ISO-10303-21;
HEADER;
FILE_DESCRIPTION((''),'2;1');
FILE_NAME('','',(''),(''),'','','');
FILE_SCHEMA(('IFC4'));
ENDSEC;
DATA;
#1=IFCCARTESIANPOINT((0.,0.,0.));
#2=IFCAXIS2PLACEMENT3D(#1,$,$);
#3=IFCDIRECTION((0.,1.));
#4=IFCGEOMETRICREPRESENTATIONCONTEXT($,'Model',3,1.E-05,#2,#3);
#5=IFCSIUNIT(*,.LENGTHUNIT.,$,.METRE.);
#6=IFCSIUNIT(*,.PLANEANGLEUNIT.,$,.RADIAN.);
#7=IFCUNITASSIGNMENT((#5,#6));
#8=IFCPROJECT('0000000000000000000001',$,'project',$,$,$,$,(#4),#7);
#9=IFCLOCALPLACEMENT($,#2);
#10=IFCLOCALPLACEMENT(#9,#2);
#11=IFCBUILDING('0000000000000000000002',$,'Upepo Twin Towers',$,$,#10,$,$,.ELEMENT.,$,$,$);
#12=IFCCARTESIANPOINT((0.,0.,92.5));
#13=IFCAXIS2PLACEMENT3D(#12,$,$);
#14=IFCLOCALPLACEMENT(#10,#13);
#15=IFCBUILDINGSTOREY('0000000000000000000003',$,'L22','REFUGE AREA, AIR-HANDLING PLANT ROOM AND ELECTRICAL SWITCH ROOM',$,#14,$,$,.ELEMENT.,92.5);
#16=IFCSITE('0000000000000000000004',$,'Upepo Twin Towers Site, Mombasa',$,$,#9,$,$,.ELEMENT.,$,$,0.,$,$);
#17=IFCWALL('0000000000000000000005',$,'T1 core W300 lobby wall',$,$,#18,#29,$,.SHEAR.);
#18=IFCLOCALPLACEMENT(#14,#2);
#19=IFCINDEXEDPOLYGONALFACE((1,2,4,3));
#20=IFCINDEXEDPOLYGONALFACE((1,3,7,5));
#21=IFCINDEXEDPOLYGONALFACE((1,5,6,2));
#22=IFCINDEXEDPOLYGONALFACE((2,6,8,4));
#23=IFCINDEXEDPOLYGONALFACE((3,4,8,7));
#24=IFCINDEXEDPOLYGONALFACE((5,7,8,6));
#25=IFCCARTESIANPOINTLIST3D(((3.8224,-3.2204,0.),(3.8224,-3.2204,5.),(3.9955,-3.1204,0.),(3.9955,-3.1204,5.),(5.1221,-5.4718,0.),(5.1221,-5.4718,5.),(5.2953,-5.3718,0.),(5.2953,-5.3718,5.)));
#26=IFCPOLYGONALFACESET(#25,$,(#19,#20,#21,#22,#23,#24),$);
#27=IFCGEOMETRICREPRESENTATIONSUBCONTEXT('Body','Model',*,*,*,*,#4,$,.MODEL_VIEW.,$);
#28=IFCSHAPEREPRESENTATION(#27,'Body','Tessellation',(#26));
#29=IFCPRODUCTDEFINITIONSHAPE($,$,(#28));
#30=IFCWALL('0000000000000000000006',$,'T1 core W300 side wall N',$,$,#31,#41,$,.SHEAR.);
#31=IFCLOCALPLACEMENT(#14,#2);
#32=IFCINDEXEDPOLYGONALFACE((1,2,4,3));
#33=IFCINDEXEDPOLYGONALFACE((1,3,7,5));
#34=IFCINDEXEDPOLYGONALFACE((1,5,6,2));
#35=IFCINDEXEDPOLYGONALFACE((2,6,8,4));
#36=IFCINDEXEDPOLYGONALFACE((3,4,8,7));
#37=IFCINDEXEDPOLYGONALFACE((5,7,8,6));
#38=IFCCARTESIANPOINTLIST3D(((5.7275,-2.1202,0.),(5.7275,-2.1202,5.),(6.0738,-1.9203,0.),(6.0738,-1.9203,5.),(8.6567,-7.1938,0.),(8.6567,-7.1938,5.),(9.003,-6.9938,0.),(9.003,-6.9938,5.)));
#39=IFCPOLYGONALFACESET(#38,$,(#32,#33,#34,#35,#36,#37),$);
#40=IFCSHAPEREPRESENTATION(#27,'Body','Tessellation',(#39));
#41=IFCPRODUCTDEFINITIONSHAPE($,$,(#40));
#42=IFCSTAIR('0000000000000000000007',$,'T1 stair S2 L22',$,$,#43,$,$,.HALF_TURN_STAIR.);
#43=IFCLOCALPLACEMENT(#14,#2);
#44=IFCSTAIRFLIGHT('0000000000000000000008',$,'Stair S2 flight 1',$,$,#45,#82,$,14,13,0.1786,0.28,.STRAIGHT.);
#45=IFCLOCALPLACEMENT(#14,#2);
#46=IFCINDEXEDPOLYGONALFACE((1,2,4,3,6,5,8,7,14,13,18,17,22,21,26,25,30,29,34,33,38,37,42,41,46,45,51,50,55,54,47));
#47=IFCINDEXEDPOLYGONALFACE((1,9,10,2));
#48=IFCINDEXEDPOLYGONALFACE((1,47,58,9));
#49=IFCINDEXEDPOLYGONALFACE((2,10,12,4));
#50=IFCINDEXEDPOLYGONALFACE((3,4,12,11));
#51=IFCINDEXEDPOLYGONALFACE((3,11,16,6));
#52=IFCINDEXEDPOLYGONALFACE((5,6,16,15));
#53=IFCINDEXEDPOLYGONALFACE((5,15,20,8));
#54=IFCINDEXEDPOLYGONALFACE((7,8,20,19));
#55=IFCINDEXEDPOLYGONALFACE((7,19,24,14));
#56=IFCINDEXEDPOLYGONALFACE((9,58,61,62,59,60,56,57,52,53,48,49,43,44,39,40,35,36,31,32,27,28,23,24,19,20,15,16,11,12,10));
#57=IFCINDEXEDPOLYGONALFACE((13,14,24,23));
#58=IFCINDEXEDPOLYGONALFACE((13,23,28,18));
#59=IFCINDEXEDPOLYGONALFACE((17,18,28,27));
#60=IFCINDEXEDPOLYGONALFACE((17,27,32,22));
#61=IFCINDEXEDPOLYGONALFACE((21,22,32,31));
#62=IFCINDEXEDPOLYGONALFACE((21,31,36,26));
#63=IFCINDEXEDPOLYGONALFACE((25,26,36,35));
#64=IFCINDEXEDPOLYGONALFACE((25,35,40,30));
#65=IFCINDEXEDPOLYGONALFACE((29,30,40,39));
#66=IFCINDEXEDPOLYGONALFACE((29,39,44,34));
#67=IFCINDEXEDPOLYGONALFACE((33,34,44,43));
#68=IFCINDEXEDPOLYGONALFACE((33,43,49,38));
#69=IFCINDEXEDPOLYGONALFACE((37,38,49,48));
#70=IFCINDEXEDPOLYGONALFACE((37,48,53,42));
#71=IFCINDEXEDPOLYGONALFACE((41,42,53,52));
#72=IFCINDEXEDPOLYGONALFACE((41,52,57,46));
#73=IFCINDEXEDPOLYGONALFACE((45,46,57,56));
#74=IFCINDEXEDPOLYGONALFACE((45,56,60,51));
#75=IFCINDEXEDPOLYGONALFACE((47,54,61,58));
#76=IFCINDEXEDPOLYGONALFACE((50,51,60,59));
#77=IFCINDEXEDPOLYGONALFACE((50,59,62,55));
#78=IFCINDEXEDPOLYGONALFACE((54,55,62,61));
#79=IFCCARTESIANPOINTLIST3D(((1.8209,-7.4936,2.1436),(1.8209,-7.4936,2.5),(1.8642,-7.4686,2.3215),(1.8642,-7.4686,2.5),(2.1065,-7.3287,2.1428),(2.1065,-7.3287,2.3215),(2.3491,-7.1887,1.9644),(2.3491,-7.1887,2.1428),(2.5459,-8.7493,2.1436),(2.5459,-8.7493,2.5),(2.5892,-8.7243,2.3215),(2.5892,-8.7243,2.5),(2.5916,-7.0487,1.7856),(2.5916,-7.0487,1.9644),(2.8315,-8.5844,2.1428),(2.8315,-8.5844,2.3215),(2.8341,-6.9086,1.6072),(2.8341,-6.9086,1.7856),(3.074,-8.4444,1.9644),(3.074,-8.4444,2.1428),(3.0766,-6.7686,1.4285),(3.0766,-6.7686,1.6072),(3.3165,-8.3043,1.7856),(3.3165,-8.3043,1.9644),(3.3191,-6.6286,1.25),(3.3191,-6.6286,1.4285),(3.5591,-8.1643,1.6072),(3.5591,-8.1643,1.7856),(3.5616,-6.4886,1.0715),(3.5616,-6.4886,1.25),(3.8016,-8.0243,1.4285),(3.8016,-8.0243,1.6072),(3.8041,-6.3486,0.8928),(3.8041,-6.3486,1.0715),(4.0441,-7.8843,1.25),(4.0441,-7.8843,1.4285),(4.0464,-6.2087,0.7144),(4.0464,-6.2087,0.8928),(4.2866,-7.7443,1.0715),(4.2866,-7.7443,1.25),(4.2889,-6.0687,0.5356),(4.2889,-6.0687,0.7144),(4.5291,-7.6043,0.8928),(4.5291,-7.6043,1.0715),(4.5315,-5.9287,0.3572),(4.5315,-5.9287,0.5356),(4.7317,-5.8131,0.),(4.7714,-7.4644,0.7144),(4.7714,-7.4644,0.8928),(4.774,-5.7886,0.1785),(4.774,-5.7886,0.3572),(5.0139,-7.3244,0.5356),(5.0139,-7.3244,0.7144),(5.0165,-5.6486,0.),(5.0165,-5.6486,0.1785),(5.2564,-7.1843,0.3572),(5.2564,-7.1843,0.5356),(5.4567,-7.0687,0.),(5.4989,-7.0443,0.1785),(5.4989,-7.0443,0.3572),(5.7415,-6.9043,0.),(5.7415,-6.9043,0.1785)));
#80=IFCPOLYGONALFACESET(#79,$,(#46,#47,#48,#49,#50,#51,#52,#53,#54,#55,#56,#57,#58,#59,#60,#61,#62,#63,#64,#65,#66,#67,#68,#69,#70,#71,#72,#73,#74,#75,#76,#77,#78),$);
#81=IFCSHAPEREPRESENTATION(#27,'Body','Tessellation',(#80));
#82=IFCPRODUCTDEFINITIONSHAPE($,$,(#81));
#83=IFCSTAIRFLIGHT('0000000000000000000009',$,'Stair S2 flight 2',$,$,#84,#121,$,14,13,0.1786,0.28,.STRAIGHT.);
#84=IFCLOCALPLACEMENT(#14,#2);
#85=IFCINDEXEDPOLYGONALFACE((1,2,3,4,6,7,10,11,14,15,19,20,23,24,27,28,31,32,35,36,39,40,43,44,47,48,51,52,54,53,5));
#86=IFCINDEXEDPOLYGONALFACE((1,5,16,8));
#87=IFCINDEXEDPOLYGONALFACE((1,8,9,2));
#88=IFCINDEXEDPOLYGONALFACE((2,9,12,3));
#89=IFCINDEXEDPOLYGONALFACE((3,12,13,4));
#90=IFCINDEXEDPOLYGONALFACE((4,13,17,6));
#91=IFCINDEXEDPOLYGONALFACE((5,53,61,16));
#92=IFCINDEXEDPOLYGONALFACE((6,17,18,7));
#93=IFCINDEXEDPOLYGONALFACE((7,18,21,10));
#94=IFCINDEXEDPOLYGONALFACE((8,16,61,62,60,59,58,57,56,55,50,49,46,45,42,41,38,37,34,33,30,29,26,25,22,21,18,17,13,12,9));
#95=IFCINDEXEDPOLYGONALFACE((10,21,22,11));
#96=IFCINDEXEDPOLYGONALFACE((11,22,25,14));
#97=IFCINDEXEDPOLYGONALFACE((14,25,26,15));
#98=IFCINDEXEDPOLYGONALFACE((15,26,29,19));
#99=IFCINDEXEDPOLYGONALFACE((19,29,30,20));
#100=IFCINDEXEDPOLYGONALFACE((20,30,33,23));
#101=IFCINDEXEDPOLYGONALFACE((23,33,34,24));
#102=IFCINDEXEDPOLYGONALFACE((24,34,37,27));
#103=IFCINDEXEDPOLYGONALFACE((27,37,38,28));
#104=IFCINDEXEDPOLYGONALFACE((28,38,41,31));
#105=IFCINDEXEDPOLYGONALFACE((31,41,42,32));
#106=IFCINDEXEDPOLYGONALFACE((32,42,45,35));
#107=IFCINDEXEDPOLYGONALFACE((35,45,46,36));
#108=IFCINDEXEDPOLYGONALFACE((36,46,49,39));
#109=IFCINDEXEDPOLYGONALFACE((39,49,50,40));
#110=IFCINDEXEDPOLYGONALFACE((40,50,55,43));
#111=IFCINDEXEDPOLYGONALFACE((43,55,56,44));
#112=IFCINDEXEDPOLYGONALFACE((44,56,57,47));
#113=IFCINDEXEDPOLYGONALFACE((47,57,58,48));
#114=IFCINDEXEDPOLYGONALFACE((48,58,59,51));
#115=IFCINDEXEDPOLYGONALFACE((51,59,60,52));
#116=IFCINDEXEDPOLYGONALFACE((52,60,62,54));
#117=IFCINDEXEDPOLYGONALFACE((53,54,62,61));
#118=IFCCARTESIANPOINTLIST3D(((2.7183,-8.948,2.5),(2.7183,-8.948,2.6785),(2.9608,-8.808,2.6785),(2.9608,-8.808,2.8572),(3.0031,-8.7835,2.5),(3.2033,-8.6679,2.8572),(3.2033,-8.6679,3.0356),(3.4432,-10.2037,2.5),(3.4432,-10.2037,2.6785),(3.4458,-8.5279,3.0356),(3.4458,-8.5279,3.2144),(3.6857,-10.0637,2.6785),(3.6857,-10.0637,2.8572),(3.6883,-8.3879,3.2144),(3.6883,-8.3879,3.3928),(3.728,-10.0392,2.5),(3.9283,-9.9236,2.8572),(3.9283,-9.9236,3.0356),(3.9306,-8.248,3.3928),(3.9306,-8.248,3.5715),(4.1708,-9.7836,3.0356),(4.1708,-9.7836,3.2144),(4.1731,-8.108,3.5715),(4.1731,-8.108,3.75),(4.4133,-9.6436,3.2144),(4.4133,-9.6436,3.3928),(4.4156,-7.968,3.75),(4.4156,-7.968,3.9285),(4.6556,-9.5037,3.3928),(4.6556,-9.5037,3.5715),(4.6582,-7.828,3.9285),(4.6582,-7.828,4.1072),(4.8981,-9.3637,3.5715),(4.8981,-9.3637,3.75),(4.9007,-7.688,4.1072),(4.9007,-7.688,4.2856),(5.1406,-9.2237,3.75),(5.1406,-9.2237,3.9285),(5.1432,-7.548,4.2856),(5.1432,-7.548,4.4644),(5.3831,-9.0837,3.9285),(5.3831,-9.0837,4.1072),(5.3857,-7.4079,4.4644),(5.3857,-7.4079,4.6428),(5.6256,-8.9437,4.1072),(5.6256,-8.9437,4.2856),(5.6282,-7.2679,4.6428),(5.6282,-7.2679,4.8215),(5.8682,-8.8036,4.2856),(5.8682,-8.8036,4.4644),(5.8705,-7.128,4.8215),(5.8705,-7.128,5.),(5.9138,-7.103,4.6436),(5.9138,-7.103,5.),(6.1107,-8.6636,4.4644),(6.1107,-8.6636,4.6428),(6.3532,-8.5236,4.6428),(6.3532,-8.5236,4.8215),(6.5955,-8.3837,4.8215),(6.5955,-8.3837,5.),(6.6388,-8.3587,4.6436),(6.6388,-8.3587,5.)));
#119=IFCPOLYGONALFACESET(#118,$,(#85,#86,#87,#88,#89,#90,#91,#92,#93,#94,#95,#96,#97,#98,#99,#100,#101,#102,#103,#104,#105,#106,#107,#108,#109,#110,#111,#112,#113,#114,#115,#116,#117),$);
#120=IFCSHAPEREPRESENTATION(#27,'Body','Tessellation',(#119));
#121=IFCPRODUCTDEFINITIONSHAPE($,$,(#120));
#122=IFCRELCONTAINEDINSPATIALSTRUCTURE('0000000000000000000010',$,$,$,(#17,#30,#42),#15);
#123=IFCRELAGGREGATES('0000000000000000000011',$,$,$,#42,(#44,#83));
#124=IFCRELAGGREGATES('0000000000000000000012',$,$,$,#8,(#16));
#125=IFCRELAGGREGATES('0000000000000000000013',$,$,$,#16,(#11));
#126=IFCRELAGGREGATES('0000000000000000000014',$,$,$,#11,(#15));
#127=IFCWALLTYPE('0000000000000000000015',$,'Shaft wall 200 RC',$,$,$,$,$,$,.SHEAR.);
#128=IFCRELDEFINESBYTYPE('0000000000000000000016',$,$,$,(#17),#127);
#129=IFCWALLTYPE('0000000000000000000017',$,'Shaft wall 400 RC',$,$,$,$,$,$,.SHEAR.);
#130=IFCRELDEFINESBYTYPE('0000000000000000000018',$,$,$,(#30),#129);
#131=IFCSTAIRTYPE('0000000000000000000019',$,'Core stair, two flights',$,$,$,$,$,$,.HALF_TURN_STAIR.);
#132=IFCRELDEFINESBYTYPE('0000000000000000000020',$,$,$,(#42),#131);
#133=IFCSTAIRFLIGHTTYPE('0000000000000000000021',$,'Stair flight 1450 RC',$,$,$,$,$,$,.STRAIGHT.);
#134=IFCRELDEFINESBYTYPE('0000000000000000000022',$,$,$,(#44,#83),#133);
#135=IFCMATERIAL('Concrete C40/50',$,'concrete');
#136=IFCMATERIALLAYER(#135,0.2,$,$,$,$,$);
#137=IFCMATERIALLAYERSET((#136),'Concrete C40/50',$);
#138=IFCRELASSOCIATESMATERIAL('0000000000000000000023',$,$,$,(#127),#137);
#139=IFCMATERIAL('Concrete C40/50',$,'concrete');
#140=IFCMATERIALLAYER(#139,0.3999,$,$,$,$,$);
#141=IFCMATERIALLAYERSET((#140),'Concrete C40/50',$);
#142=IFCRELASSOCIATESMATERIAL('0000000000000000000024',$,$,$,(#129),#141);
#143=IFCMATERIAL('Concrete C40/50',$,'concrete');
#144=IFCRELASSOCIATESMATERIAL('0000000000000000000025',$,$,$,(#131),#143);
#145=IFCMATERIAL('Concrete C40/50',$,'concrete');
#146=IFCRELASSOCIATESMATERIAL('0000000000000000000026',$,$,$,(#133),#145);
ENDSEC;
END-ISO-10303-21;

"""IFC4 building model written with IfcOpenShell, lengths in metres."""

from ifc_helpers import new_model, si_unit, direction, frame, frame_2d, origin, place, context, subcontext, project, spatial, polyline, rectangle, outline, extrude, material, layer, layer_set, type_object, element, aggregate, save


model = new_model("IFC4")

# Units and contexts
model_context = context("Model", 3, precision=1e-05, world=origin(), true_north=direction((0.0, 1.0)))
body_context = subcontext(model_context, "Body", "Model", "MODEL_VIEW")
ifc_project = project(units=[si_unit("LENGTHUNIT", "METRE"), si_unit("PLANEANGLEUNIT", "RADIAN")], contexts=[model_context])

# Site, building, storey
site_placement = place(None, origin())
site = spatial("IfcSite", under=ifc_project, at=site_placement, Name="Upepo Twin Towers Site, Mombasa", CompositionType="ELEMENT", RefElevation=0.0)
building_placement = place(site_placement, origin())
building = spatial("IfcBuilding", under=site, at=building_placement, Name="Upepo Twin Towers", CompositionType="ELEMENT")
storey_placement = place(building_placement, frame((0.0, 0.0, 92.5)))
storey = spatial("IfcBuildingStorey", under=building, at=storey_placement, Name="L22", Description="REFUGE AREA, AIR-HANDLING PLANT ROOM AND ELECTRICAL SWITCH ROOM", CompositionType="ELEMENT", Elevation=92.5)

# Walls
ifc_material_1 = material(Name="Concrete C40/50", Category="concrete")
ifc_layer_1 = layer(ifc_material_1, 0.2)
ifc_layer_set_1 = layer_set([ifc_layer_1], Name="Concrete C40/50")
wall_type_1 = type_object("IfcWallType", Name="Shaft wall 200 RC", PredefinedType="SHEAR", material=ifc_layer_set_1)
wall_1_placement = place(storey_placement, frame((3.9089, -3.1704, 0.0), z_axis=(0.0, 0.0, 1.0), x_axis=(0.499977, -0.866039, 0.0)))
element("IfcWall", 1, at=wall_1_placement, inside=storey, type_object=wall_type_1, Name="T1 core W300 lobby wall", PredefinedType="SHEAR", context=body_context, shape_type="SweptSolid", body=[
    extrude(rectangle(XDim=2.5996, YDim=0.2, at=frame_2d((1.2998, 0.0))), origin(), (0.0, 0.0, 1.0), 5.0),
])
ifc_material_2 = material(Name="Concrete C40/50", Category="concrete")
ifc_layer_2 = layer(ifc_material_2, 0.3999)
ifc_layer_set_2 = layer_set([ifc_layer_2], Name="Concrete C40/50")
wall_type_2 = type_object("IfcWallType", Name="Shaft wall 400 RC", PredefinedType="SHEAR", material=ifc_layer_set_2)
wall_2_placement = place(storey_placement, frame((5.9006, -2.0203, 0.0), z_axis=(0.0, 0.0, 1.0), x_axis=(0.500003, -0.866024, 0.0)))
element("IfcWall", 2, at=wall_2_placement, inside=storey, type_object=wall_type_2, Name="T1 core W300 side wall N", PredefinedType="SHEAR", context=body_context, shape_type="SweptSolid", body=[
    extrude(rectangle(XDim=5.8584, YDim=0.3999, at=frame_2d((2.9292, 0.0))), origin(), (0.0, 0.0, 1.0), 5.0),
])

# Stair, stair flights
ifc_material_3 = material(Name="Concrete C40/50", Category="concrete")
stair_type = type_object("IfcStairType", Name="Core stair, two flights", PredefinedType="HALF_TURN_STAIR", material=ifc_material_3)
stair_placement = place(storey_placement, origin())
stair = element("IfcStair", 3, at=stair_placement, inside=storey, type_object=stair_type, Name="T1 stair S2 L22", PredefinedType="HALF_TURN_STAIR")
ifc_material_4 = material(Name="Concrete C40/50", Category="concrete")
stair_flight_type = type_object("IfcStairFlightType", Name="Stair flight 1450 RC", PredefinedType="STRAIGHT", material=ifc_material_4)
stair_flight_1_placement = place(storey_placement, frame((5.3789, -6.2764, 0.0), z_axis=(0.0, 0.0, 1.0), x_axis=(-0.866025, -0.5, 0.0)))
stair_flight_1 = element("IfcStairFlight", 4, at=stair_flight_1_placement, type_object=stair_flight_type, Name="Stair S2 flight 1", NumberOfRisers=14, NumberOfTreads=13, PredefinedType="STRAIGHT", RiserHeight=0.1786, TreadLength=0.28, context=body_context, shape_type="SweptSolid", body=[
    extrude(outline(polyline([(0.0, 0.0), (0.0, 0.1785), (0.28, 0.1785), (0.28, 0.3572), (0.5601, 0.3572), (0.5601, 0.5356), (0.8401, 0.5356), (0.8401, 0.7144), (1.1201, 0.7144), (1.1201, 0.8928), (1.3999, 0.8928), (1.3999, 1.0715), (1.6799, 1.0715), (1.6799, 1.25), (1.96, 1.25), (1.96, 1.4285), (2.24, 1.4285), (2.24, 1.6072), (2.52, 1.6072), (2.52, 1.7856), (2.8, 1.7856), (2.8, 1.9644), (3.0801, 1.9644), (3.0801, 2.1428), (3.3601, 2.1428), (3.3601, 2.3215), (3.6399, 2.3215), (3.6399, 2.5), (3.6899, 2.5), (3.6899, 2.1436), (0.3289, 0.0), (0.0, 0.0)])), frame((0.0, 0.7251, 0.0), z_axis=(0.0, -1.0, 0.0), x_axis=(1.0, 0.0, 0.0)), (0.0, 0.0, 1.0), 1.45),
])
stair_flight_2_placement = place(storey_placement, frame((3.0808, -9.5759, 2.5), z_axis=(0.0, 0.0, 1.0), x_axis=(0.866025, 0.5, 0.0)))
stair_flight_2 = element("IfcStairFlight", 5, at=stair_flight_2_placement, type_object=stair_flight_type, Name="Stair S2 flight 2", NumberOfRisers=14, NumberOfTreads=13, PredefinedType="STRAIGHT", RiserHeight=0.1786, TreadLength=0.28, context=body_context, shape_type="SweptSolid", body=[
    extrude(outline(polyline([(0.0, 0.0), (0.0, 0.1785), (0.28, 0.1785), (0.28, 0.3572), (0.5601, 0.3572), (0.5601, 0.5356), (0.8401, 0.5356), (0.8401, 0.7144), (1.1201, 0.7144), (1.1201, 0.8928), (1.3999, 0.8928), (1.3999, 1.0715), (1.6799, 1.0715), (1.6799, 1.25), (1.96, 1.25), (1.96, 1.4285), (2.24, 1.4285), (2.24, 1.6072), (2.52, 1.6072), (2.52, 1.7856), (2.8, 1.7856), (2.8, 1.9644), (3.0801, 1.9644), (3.0801, 2.1428), (3.3601, 2.1428), (3.3601, 2.3215), (3.6399, 2.3215), (3.6399, 2.5), (3.6899, 2.5), (3.6899, 2.1436), (0.3289, 0.0), (0.0, 0.0)])), frame((0.0, 0.7251, 0.0), z_axis=(0.0, -1.0, 0.0), x_axis=(1.0, 0.0, 0.0)), (0.0, 0.0, 1.0), 1.45),
])
aggregate(stair, [stair_flight_1, stair_flight_2])

save(model, "model.ifc")
